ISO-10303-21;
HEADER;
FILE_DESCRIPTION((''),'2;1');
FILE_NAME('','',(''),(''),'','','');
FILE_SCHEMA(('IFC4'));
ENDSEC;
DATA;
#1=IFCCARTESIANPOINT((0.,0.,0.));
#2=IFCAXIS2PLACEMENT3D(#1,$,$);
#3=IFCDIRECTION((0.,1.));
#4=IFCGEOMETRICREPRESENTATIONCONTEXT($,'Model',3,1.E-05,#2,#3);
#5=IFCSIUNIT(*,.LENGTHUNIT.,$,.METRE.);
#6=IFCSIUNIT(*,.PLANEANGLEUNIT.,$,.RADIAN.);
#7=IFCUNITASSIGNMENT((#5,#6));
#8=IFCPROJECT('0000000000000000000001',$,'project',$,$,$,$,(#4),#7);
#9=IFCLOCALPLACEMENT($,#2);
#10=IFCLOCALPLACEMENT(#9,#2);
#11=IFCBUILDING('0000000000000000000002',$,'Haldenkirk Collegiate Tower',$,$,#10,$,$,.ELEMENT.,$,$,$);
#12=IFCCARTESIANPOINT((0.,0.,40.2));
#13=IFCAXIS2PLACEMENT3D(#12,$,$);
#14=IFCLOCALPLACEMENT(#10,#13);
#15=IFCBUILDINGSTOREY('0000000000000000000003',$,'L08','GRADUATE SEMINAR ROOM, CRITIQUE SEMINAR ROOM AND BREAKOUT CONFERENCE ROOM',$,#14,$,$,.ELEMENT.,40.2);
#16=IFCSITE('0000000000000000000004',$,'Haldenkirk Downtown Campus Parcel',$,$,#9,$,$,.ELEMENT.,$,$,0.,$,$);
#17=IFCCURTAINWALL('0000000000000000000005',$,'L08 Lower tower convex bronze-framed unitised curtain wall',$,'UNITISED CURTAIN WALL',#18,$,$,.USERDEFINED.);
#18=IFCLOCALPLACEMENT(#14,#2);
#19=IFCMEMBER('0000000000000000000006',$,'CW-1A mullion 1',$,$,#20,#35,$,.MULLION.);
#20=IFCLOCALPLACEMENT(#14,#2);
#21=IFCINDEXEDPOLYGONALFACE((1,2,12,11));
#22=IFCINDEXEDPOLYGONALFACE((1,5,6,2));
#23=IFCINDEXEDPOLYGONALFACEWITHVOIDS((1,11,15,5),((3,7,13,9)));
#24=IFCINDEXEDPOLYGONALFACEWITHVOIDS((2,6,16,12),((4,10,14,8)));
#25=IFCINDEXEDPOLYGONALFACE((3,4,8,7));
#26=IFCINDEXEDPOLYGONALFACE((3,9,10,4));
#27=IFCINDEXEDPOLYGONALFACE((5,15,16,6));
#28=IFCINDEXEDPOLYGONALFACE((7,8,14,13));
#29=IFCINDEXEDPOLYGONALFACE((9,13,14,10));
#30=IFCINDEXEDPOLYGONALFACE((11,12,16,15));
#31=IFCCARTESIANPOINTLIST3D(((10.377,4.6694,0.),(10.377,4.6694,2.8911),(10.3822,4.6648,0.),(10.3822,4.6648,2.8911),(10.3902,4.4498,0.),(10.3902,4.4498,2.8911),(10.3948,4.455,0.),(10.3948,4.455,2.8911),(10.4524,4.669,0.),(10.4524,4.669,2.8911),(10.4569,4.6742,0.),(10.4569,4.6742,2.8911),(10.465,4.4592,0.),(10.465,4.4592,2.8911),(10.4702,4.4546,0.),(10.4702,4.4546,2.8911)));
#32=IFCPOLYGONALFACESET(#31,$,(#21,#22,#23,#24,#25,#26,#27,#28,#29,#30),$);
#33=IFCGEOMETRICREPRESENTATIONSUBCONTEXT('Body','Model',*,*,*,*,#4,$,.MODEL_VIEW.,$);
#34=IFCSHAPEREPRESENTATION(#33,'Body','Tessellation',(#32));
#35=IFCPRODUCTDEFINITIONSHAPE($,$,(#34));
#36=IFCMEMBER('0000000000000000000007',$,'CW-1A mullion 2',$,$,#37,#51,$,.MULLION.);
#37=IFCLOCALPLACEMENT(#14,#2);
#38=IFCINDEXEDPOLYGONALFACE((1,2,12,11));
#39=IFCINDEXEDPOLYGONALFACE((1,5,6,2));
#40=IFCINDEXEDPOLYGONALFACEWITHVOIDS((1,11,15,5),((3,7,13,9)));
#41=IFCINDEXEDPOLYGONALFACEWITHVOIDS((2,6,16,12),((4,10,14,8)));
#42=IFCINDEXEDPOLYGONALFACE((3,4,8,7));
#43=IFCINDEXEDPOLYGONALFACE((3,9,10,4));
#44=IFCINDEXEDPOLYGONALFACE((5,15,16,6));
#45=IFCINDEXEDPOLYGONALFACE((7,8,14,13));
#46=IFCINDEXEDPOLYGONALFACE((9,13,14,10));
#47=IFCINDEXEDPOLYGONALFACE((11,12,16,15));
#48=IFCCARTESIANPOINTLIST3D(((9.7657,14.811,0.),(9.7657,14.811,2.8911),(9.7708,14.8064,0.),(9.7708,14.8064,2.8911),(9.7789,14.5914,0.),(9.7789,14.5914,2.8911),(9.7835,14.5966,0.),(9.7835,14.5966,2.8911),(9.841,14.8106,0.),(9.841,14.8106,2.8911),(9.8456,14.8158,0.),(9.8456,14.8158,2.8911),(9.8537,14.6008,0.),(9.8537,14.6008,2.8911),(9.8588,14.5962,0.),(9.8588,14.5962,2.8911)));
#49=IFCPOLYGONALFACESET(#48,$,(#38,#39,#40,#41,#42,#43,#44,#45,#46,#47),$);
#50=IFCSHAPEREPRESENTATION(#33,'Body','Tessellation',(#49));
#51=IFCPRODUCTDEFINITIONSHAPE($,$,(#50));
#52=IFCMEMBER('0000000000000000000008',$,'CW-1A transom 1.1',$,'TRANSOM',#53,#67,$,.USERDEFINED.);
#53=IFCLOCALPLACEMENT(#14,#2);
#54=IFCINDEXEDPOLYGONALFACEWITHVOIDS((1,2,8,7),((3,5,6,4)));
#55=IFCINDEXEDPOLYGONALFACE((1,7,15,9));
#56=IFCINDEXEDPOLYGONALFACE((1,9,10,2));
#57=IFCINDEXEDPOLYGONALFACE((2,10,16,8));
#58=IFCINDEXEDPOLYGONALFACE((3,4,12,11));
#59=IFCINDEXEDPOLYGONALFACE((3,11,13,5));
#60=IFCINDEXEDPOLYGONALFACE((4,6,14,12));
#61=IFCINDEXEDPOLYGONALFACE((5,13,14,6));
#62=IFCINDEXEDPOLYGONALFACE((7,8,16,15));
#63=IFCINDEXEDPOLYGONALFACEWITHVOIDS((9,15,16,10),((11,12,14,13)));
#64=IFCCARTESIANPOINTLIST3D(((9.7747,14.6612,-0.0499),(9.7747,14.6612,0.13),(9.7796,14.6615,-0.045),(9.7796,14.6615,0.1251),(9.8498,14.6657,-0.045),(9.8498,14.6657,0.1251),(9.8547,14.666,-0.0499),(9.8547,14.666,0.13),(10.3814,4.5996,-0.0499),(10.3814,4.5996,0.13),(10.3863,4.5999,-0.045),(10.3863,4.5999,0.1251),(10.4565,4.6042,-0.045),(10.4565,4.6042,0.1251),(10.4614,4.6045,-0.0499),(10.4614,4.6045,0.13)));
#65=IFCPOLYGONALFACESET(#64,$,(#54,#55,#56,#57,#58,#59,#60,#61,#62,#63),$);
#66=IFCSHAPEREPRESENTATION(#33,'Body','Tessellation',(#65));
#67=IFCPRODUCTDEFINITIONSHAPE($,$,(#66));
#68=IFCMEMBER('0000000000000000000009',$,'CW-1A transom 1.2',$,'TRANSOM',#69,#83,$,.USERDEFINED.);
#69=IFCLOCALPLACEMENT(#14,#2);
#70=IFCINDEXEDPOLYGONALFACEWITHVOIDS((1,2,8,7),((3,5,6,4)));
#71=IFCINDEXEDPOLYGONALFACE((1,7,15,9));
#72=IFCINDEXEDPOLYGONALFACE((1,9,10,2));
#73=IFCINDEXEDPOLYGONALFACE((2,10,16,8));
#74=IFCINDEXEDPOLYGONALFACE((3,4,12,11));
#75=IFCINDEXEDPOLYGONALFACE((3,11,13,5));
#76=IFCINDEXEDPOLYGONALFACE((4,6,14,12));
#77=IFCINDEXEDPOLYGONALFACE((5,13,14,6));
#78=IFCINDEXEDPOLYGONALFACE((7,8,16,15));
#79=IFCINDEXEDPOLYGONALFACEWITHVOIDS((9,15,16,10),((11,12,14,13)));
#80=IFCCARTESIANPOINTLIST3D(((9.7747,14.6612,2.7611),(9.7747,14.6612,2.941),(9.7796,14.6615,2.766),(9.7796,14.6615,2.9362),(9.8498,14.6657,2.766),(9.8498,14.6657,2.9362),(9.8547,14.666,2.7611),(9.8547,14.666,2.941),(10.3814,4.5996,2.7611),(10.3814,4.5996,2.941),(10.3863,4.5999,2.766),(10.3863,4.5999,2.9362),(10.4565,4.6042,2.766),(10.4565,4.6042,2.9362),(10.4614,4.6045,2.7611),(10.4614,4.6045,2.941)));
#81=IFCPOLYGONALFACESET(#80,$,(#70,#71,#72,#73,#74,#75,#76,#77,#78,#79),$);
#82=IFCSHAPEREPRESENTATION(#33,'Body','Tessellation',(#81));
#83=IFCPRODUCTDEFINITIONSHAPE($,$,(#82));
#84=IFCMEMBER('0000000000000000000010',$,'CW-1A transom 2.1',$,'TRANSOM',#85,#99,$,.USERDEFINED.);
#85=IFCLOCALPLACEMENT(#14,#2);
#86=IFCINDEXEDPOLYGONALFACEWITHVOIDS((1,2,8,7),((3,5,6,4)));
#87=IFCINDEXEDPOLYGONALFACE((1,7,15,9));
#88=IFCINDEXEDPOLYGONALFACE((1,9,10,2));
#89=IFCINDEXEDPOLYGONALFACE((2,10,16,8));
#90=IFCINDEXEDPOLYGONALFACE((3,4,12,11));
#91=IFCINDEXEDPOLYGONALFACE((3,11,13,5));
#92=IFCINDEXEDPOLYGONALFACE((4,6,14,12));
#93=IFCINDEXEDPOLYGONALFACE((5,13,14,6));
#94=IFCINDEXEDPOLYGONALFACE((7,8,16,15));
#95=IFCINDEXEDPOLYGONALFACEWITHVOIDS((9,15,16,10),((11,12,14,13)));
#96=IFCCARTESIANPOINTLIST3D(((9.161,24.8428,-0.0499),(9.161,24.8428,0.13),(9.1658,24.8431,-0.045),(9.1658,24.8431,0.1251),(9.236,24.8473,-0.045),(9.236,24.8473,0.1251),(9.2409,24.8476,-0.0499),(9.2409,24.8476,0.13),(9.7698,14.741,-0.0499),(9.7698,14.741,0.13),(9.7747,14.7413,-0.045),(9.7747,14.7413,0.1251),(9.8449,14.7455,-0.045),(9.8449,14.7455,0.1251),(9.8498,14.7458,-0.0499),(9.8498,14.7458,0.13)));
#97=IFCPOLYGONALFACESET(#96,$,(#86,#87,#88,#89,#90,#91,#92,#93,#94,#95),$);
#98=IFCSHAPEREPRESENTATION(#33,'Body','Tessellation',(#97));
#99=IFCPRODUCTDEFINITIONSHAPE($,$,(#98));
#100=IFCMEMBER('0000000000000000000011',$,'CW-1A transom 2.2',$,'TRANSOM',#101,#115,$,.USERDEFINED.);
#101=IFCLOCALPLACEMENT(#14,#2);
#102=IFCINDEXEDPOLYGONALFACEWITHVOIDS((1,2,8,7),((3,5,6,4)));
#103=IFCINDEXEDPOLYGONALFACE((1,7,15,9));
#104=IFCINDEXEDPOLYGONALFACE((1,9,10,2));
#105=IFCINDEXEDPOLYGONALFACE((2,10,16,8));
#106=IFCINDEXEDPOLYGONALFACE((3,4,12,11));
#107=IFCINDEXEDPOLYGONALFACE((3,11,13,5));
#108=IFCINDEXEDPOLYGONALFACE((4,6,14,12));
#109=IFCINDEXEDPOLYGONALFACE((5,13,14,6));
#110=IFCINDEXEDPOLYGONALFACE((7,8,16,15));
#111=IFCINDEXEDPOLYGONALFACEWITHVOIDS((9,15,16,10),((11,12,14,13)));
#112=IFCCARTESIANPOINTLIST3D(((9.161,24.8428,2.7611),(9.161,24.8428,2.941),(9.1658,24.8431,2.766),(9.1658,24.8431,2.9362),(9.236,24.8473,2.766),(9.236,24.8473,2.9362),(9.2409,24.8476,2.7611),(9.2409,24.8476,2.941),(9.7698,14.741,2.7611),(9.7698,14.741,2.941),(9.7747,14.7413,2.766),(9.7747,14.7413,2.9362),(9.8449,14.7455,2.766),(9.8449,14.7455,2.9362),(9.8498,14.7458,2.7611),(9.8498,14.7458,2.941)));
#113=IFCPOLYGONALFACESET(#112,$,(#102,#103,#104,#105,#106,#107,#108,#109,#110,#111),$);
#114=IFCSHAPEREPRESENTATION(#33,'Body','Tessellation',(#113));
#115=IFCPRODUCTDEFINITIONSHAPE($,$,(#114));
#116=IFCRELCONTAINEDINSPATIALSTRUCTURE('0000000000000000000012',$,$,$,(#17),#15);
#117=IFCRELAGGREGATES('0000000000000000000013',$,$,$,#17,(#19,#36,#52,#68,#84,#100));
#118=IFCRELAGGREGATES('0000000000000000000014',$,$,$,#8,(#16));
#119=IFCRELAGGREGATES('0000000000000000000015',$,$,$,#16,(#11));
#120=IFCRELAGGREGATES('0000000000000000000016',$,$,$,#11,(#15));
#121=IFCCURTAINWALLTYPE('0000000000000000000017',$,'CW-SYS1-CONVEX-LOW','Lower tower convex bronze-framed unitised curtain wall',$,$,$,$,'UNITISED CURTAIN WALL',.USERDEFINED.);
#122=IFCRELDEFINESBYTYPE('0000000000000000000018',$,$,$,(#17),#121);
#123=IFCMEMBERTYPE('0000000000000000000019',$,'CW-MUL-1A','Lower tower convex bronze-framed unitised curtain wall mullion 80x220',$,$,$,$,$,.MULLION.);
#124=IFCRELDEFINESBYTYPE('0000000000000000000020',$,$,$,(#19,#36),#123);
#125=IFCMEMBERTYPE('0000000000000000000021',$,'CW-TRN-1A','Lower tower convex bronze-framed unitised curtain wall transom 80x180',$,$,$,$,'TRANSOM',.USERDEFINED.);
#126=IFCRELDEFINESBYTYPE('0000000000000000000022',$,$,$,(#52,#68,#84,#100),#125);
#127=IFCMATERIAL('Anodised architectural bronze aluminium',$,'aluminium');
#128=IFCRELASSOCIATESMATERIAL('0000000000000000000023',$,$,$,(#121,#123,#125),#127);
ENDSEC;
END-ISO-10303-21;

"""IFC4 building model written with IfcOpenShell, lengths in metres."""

from ifc_helpers import new_model, si_unit, direction, frame, origin, origin_2d, place, context, subcontext, project, spatial, hollow_rectangle, extrude, material, material_profile, profile_set, type_object, element, aggregate, save


model = new_model("IFC4")

# Units and contexts
model_context = context("Model", 3, precision=1e-05, world=origin(), true_north=direction((0.0, 1.0)))
body_context = subcontext(model_context, "Body", "Model", "MODEL_VIEW")
ifc_project = project(units=[si_unit("LENGTHUNIT", "METRE"), si_unit("PLANEANGLEUNIT", "RADIAN")], contexts=[model_context])

# Site, building, storey
site_placement = place(None, origin())
site = spatial("IfcSite", under=ifc_project, at=site_placement, Name="Haldenkirk Downtown Campus Parcel", CompositionType="ELEMENT", RefElevation=0.0)
building_placement = place(site_placement, origin())
building = spatial("IfcBuilding", under=site, at=building_placement, Name="Haldenkirk Collegiate Tower", CompositionType="ELEMENT")
storey_placement = place(building_placement, frame((0.0, 0.0, 40.2)))
storey = spatial("IfcBuildingStorey", under=building, at=storey_placement, Name="L08", Description="GRADUATE SEMINAR ROOM, CRITIQUE SEMINAR ROOM AND BREAKOUT CONFERENCE ROOM", CompositionType="ELEMENT", Elevation=40.2)

# Curtain wall, members
ifc_material_1 = material(Name="Anodised architectural bronze aluminium", Category="aluminium")
curtain_wall_type = type_object("IfcCurtainWallType", Name="CW-SYS1-CONVEX-LOW", Description="Lower tower convex bronze-framed unitised curtain wall", ElementType="UNITISED CURTAIN WALL", PredefinedType="USERDEFINED", material=ifc_material_1)
curtain_wall_placement = place(storey_placement, origin())
curtain_wall = element("IfcCurtainWall", 1, at=curtain_wall_placement, inside=storey, type_object=curtain_wall_type, Name="L08 Lower tower convex bronze-framed unitised curtain wall", ObjectType="UNITISED CURTAIN WALL", PredefinedType="USERDEFINED")
ifc_material_profile_1 = material_profile(ifc_material_1, hollow_rectangle(XDim=0.0801, YDim=0.22, WallThickness=0.0049, at=origin_2d()), Name="CW-MUL-1A")
ifc_profile_set_1 = profile_set([ifc_material_profile_1], Name="Anodised architectural bronze aluminium")
member_type_1 = type_object("IfcMemberType", Name="CW-MUL-1A", Description="Lower tower convex bronze-framed unitised curtain wall mullion 80x220", PredefinedType="MULLION", material=ifc_profile_set_1)
member_1_placement = place(storey_placement, frame((10.4236, 4.562, 0.0), z_axis=(0.0, 0.0, 1.0), x_axis=(-0.998188, -0.060174, 0.0)))
member_1 = element("IfcMember", 2, at=member_1_placement, type_object=member_type_1, Name="CW-1A mullion 1", PredefinedType="MULLION", context=body_context, shape_type="SweptSolid", body=[
    extrude(hollow_rectangle(XDim=0.0801, YDim=0.22, WallThickness=0.0049, at=origin_2d()), origin(), (0.0, 0.0, 1.0), 2.8911),
])
member_2_placement = place(storey_placement, frame((9.8123, 14.7036, 0.0), z_axis=(0.0, 0.0, 1.0), x_axis=(-0.998188, -0.060174, 0.0)))
member_2 = element("IfcMember", 3, at=member_2_placement, type_object=member_type_1, Name="CW-1A mullion 2", PredefinedType="MULLION", context=body_context, shape_type="SweptSolid", body=[
    extrude(hollow_rectangle(XDim=0.0801, YDim=0.22, WallThickness=0.0049, at=origin_2d()), origin(), (0.0, 0.0, 1.0), 2.8911),
])
ifc_material_profile_2 = material_profile(ifc_material_1, hollow_rectangle(XDim=0.0801, YDim=0.1799, WallThickness=0.0049, at=origin_2d()), Name="CW-TRN-1A")
ifc_profile_set_2 = profile_set([ifc_material_profile_2], Name="Anodised architectural bronze aluminium")
member_type_2 = type_object("IfcMemberType", Name="CW-TRN-1A", Description="Lower tower convex bronze-framed unitised curtain wall transom 80x180", ElementType="TRANSOM", PredefinedType="USERDEFINED", material=ifc_profile_set_2)
member_3_placement = place(storey_placement, frame((10.4214, 4.6021, 0.04), z_axis=(-0.060189, 0.998187, 0.0), x_axis=(-0.998187, -0.060189, 0.0)))
member_3 = element("IfcMember", 4, at=member_3_placement, type_object=member_type_2, Name="CW-1A transom 1.1", ObjectType="TRANSOM", PredefinedType="USERDEFINED", context=body_context, shape_type="SweptSolid", body=[
    extrude(hollow_rectangle(XDim=0.0801, YDim=0.1799, WallThickness=0.0049, at=origin_2d()), origin(), (0.0, 0.0, 1.0), 10.0798),
])
member_4_placement = place(storey_placement, frame((10.4214, 4.6021, 2.8511), z_axis=(-0.060189, 0.998187, 0.0), x_axis=(-0.998187, -0.060189, 0.0)))
member_4 = element("IfcMember", 5, at=member_4_placement, type_object=member_type_2, Name="CW-1A transom 1.2", ObjectType="TRANSOM", PredefinedType="USERDEFINED", context=body_context, shape_type="SweptSolid", body=[
    extrude(hollow_rectangle(XDim=0.0801, YDim=0.1799, WallThickness=0.0049, at=origin_2d()), origin(), (0.0, 0.0, 1.0), 10.0798),
])
member_5_placement = place(storey_placement, frame((9.8098, 14.7434, 0.04), z_axis=(-0.060166, 0.998188, 0.0), x_axis=(-0.998188, -0.060166, 0.0)))
member_5 = element("IfcMember", 6, at=member_5_placement, type_object=member_type_2, Name="CW-1A transom 2.1", ObjectType="TRANSOM", PredefinedType="USERDEFINED", context=body_context, shape_type="SweptSolid", body=[
    extrude(hollow_rectangle(XDim=0.0801, YDim=0.1799, WallThickness=0.0049, at=origin_2d()), origin(), (0.0, 0.0, 1.0), 10.1201),
])
member_6_placement = place(storey_placement, frame((9.8098, 14.7434, 2.8511), z_axis=(-0.060166, 0.998188, 0.0), x_axis=(-0.998188, -0.060166, 0.0)))
member_6 = element("IfcMember", 7, at=member_6_placement, type_object=member_type_2, Name="CW-1A transom 2.2", ObjectType="TRANSOM", PredefinedType="USERDEFINED", context=body_context, shape_type="SweptSolid", body=[
    extrude(hollow_rectangle(XDim=0.0801, YDim=0.1799, WallThickness=0.0049, at=origin_2d()), origin(), (0.0, 0.0, 1.0), 10.1201),
])

aggregate(curtain_wall, [member_1, member_2, member_3, member_4, member_5, member_6])

save(model, "model.ifc")
